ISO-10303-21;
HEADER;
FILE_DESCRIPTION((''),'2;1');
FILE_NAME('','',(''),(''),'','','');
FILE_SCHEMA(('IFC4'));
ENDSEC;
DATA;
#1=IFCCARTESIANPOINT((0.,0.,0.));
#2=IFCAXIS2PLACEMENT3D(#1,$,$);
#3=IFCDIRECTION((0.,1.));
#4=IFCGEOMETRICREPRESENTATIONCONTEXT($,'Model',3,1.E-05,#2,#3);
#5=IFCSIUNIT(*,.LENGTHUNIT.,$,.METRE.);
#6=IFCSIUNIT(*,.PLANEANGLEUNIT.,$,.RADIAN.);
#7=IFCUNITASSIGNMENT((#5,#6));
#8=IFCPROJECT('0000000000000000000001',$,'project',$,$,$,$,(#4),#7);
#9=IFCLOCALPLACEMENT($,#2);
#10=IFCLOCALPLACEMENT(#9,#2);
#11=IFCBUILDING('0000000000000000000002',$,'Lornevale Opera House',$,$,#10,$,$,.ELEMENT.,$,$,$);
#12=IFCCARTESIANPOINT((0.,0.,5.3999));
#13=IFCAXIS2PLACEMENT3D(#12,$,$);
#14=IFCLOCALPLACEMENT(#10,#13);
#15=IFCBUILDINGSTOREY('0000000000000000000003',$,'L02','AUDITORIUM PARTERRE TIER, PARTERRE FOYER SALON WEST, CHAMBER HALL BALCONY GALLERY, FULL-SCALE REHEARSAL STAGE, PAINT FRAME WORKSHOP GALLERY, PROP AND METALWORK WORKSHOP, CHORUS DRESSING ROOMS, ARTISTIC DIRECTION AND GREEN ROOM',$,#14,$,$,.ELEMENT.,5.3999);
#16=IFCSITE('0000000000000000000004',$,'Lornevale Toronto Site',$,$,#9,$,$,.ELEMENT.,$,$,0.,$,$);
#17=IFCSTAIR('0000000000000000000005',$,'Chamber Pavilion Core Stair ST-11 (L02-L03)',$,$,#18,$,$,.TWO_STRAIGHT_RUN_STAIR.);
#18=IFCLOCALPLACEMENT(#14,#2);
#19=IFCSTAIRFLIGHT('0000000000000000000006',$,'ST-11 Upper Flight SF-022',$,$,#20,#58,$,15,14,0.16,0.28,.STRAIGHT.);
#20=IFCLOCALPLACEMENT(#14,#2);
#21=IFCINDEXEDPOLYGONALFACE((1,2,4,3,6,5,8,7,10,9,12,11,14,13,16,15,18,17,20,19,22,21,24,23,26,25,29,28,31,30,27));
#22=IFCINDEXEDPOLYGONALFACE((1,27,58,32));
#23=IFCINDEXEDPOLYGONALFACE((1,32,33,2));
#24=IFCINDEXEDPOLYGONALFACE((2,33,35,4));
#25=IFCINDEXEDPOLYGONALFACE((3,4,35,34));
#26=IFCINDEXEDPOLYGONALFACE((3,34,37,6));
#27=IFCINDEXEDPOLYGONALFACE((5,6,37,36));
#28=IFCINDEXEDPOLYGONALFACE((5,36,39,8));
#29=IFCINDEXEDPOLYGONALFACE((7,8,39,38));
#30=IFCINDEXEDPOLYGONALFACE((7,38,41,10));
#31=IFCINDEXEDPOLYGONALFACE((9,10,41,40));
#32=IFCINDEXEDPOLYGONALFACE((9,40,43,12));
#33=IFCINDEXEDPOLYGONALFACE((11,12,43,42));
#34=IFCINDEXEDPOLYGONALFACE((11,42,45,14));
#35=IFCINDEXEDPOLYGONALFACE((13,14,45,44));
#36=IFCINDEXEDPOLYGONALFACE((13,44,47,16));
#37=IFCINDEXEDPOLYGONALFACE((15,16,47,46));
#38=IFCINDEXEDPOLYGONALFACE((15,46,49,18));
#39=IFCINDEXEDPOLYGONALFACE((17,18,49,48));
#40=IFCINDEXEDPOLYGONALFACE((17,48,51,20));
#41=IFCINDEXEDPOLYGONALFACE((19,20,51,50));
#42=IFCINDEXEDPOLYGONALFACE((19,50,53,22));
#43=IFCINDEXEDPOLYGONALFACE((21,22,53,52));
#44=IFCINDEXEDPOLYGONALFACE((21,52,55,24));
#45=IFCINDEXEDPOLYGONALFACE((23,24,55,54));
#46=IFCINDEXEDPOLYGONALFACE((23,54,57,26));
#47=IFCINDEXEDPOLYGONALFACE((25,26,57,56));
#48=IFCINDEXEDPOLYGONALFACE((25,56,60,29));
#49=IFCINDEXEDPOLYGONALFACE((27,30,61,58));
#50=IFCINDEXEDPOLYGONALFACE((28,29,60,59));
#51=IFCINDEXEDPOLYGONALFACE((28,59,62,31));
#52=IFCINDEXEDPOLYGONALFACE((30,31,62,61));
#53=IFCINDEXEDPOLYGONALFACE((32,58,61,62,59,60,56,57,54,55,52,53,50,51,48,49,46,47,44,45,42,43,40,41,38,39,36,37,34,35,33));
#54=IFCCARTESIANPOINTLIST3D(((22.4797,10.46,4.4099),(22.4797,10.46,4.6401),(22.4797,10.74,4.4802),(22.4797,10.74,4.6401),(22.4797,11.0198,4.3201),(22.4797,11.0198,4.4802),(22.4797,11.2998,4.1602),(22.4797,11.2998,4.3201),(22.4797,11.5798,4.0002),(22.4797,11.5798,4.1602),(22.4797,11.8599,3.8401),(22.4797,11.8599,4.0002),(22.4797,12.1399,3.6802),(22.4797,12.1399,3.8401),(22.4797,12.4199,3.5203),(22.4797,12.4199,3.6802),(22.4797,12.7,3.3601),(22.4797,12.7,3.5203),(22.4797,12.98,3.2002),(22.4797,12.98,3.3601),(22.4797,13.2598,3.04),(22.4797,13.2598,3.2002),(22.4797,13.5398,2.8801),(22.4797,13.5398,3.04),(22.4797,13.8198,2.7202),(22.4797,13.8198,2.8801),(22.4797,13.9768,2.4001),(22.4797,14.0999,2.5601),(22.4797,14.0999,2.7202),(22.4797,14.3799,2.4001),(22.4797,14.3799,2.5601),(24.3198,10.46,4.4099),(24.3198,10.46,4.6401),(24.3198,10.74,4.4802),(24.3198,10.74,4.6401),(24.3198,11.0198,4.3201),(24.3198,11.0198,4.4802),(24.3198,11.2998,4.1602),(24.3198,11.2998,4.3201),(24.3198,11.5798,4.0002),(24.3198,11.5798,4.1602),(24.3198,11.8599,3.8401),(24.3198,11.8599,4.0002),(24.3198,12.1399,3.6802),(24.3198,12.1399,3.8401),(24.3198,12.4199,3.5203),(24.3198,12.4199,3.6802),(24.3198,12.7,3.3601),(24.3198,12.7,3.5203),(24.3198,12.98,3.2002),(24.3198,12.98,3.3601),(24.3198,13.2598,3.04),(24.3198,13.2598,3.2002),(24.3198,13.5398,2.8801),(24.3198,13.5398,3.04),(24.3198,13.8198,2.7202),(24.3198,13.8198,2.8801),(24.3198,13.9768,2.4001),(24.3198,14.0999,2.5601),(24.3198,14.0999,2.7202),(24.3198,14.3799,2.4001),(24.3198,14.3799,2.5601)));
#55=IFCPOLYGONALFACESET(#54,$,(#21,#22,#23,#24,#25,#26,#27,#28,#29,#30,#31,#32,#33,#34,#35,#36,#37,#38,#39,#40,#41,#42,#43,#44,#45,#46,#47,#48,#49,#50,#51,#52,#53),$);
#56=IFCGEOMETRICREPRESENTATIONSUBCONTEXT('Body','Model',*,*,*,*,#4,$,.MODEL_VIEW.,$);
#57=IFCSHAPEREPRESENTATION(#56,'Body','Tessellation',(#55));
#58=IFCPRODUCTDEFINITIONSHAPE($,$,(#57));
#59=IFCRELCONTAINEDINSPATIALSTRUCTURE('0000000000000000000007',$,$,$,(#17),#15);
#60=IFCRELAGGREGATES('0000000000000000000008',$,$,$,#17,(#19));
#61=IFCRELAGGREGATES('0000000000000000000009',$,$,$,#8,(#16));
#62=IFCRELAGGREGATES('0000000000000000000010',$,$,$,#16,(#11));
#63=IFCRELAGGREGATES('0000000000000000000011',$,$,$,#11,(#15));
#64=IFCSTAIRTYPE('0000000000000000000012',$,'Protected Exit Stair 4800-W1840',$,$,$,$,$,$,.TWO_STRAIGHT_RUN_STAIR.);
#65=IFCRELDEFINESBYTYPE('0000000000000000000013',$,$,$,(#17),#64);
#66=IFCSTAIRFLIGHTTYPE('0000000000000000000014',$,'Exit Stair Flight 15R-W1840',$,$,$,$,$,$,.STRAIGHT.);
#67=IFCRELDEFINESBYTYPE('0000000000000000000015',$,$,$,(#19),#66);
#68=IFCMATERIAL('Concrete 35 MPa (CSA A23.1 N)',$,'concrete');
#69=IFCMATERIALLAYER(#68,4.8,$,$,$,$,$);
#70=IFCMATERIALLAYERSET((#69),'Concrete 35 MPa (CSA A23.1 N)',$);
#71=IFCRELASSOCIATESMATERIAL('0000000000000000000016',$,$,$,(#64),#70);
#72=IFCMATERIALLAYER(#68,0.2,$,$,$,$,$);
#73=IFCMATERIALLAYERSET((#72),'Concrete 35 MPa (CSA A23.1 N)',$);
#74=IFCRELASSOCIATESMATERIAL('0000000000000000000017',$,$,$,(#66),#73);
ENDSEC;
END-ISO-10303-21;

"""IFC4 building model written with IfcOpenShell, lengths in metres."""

from ifc_helpers import new_model, si_unit, direction, frame, origin, place, context, subcontext, project, spatial, polyline, outline, extrude, material, layer, layer_set, type_object, element, aggregate, save


model = new_model("IFC4")

# Units and contexts
model_context = context("Model", 3, precision=1e-05, world=origin(), true_north=direction((0.0, 1.0)))
body_context = subcontext(model_context, "Body", "Model", "MODEL_VIEW")
ifc_project = project(units=[si_unit("LENGTHUNIT", "METRE"), si_unit("PLANEANGLEUNIT", "RADIAN")], contexts=[model_context])

# Site, building, storey
site_placement = place(None, origin())
site = spatial("IfcSite", under=ifc_project, at=site_placement, Name="Lornevale Toronto Site", CompositionType="ELEMENT", RefElevation=0.0)
building_placement = place(site_placement, origin())
building = spatial("IfcBuilding", under=site, at=building_placement, Name="Lornevale Opera House", CompositionType="ELEMENT")
storey_placement = place(building_placement, frame((0.0, 0.0, 5.3999)))
storey = spatial("IfcBuildingStorey", under=building, at=storey_placement, Name="L02", Description="AUDITORIUM PARTERRE TIER, PARTERRE FOYER SALON WEST, CHAMBER HALL BALCONY GALLERY, FULL-SCALE REHEARSAL STAGE, PAINT FRAME WORKSHOP GALLERY, PROP AND METALWORK WORKSHOP, CHORUS DRESSING ROOMS, ARTISTIC DIRECTION AND GREEN ROOM", CompositionType="ELEMENT", Elevation=5.3999)

# Shared definitions
ifc_material_1 = material(Name="Concrete 35 MPa (CSA A23.1 N)", Category="concrete")

# Stair, stair flight
ifc_layer_1 = layer(ifc_material_1, 4.8)
ifc_layer_set_1 = layer_set([ifc_layer_1], Name="Concrete 35 MPa (CSA A23.1 N)")
stair_type = type_object("IfcStairType", Name="Protected Exit Stair 4800-W1840", PredefinedType="TWO_STRAIGHT_RUN_STAIR", material=ifc_layer_set_1)
stair_placement = place(storey_placement, origin())
stair = element("IfcStair", 1, at=stair_placement, inside=storey, type_object=stair_type, Name="Chamber Pavilion Core Stair ST-11 (L02-L03)", PredefinedType="TWO_STRAIGHT_RUN_STAIR")
ifc_layer_2 = layer(ifc_material_1, 0.2)
ifc_layer_set_2 = layer_set([ifc_layer_2], Name="Concrete 35 MPa (CSA A23.1 N)")
stair_flight_type = type_object("IfcStairFlightType", Name="Exit Stair Flight 15R-W1840", PredefinedType="STRAIGHT", material=ifc_layer_set_2)
stair_flight_1_placement = place(storey_placement, frame((23.3999, 14.3799, 2.4001), z_axis=(0.0, 0.0, 1.0), x_axis=(0.0, -1.0, 0.0)))
stair_flight_1 = element("IfcStairFlight", 2, at=stair_flight_1_placement, type_object=stair_flight_type, Name="ST-11 Upper Flight SF-022", NumberOfRisers=15, NumberOfTreads=14, PredefinedType="STRAIGHT", RiserHeight=0.16, TreadLength=0.28, context=body_context, shape_type="SweptSolid", body=[
    extrude(outline(polyline([(0.0, 0.0), (0.0, 0.1599), (0.28, 0.1599), (0.28, 0.3201), (0.5601, 0.3201), (0.5601, 0.48), (0.8401, 0.48), (0.8401, 0.6399), (1.1201, 0.6399), (1.1201, 0.8), (1.3999, 0.8), (1.3999, 0.96), (1.6799, 0.96), (1.6799, 1.1201), (1.96, 1.1201), (1.96, 1.28), (2.24, 1.28), (2.24, 1.4399), (2.52, 1.4399), (2.52, 1.6001), (2.8, 1.6001), (2.8, 1.76), (3.0801, 1.76), (3.0801, 1.9199), (3.3601, 1.9199), (3.3601, 2.0801), (3.6399, 2.0801), (3.6399, 2.24), (3.9199, 2.24), (3.9199, 2.0098), (0.4031, 0.0), (0.0, 0.0)])), frame((0.0, 0.9199, 0.0), z_axis=(0.0, -1.0, 0.0), x_axis=(1.0, 0.0, 0.0)), (0.0, 0.0, 1.0), 1.8401),
])
aggregate(stair, [stair_flight_1])

save(model, "model.ifc")
